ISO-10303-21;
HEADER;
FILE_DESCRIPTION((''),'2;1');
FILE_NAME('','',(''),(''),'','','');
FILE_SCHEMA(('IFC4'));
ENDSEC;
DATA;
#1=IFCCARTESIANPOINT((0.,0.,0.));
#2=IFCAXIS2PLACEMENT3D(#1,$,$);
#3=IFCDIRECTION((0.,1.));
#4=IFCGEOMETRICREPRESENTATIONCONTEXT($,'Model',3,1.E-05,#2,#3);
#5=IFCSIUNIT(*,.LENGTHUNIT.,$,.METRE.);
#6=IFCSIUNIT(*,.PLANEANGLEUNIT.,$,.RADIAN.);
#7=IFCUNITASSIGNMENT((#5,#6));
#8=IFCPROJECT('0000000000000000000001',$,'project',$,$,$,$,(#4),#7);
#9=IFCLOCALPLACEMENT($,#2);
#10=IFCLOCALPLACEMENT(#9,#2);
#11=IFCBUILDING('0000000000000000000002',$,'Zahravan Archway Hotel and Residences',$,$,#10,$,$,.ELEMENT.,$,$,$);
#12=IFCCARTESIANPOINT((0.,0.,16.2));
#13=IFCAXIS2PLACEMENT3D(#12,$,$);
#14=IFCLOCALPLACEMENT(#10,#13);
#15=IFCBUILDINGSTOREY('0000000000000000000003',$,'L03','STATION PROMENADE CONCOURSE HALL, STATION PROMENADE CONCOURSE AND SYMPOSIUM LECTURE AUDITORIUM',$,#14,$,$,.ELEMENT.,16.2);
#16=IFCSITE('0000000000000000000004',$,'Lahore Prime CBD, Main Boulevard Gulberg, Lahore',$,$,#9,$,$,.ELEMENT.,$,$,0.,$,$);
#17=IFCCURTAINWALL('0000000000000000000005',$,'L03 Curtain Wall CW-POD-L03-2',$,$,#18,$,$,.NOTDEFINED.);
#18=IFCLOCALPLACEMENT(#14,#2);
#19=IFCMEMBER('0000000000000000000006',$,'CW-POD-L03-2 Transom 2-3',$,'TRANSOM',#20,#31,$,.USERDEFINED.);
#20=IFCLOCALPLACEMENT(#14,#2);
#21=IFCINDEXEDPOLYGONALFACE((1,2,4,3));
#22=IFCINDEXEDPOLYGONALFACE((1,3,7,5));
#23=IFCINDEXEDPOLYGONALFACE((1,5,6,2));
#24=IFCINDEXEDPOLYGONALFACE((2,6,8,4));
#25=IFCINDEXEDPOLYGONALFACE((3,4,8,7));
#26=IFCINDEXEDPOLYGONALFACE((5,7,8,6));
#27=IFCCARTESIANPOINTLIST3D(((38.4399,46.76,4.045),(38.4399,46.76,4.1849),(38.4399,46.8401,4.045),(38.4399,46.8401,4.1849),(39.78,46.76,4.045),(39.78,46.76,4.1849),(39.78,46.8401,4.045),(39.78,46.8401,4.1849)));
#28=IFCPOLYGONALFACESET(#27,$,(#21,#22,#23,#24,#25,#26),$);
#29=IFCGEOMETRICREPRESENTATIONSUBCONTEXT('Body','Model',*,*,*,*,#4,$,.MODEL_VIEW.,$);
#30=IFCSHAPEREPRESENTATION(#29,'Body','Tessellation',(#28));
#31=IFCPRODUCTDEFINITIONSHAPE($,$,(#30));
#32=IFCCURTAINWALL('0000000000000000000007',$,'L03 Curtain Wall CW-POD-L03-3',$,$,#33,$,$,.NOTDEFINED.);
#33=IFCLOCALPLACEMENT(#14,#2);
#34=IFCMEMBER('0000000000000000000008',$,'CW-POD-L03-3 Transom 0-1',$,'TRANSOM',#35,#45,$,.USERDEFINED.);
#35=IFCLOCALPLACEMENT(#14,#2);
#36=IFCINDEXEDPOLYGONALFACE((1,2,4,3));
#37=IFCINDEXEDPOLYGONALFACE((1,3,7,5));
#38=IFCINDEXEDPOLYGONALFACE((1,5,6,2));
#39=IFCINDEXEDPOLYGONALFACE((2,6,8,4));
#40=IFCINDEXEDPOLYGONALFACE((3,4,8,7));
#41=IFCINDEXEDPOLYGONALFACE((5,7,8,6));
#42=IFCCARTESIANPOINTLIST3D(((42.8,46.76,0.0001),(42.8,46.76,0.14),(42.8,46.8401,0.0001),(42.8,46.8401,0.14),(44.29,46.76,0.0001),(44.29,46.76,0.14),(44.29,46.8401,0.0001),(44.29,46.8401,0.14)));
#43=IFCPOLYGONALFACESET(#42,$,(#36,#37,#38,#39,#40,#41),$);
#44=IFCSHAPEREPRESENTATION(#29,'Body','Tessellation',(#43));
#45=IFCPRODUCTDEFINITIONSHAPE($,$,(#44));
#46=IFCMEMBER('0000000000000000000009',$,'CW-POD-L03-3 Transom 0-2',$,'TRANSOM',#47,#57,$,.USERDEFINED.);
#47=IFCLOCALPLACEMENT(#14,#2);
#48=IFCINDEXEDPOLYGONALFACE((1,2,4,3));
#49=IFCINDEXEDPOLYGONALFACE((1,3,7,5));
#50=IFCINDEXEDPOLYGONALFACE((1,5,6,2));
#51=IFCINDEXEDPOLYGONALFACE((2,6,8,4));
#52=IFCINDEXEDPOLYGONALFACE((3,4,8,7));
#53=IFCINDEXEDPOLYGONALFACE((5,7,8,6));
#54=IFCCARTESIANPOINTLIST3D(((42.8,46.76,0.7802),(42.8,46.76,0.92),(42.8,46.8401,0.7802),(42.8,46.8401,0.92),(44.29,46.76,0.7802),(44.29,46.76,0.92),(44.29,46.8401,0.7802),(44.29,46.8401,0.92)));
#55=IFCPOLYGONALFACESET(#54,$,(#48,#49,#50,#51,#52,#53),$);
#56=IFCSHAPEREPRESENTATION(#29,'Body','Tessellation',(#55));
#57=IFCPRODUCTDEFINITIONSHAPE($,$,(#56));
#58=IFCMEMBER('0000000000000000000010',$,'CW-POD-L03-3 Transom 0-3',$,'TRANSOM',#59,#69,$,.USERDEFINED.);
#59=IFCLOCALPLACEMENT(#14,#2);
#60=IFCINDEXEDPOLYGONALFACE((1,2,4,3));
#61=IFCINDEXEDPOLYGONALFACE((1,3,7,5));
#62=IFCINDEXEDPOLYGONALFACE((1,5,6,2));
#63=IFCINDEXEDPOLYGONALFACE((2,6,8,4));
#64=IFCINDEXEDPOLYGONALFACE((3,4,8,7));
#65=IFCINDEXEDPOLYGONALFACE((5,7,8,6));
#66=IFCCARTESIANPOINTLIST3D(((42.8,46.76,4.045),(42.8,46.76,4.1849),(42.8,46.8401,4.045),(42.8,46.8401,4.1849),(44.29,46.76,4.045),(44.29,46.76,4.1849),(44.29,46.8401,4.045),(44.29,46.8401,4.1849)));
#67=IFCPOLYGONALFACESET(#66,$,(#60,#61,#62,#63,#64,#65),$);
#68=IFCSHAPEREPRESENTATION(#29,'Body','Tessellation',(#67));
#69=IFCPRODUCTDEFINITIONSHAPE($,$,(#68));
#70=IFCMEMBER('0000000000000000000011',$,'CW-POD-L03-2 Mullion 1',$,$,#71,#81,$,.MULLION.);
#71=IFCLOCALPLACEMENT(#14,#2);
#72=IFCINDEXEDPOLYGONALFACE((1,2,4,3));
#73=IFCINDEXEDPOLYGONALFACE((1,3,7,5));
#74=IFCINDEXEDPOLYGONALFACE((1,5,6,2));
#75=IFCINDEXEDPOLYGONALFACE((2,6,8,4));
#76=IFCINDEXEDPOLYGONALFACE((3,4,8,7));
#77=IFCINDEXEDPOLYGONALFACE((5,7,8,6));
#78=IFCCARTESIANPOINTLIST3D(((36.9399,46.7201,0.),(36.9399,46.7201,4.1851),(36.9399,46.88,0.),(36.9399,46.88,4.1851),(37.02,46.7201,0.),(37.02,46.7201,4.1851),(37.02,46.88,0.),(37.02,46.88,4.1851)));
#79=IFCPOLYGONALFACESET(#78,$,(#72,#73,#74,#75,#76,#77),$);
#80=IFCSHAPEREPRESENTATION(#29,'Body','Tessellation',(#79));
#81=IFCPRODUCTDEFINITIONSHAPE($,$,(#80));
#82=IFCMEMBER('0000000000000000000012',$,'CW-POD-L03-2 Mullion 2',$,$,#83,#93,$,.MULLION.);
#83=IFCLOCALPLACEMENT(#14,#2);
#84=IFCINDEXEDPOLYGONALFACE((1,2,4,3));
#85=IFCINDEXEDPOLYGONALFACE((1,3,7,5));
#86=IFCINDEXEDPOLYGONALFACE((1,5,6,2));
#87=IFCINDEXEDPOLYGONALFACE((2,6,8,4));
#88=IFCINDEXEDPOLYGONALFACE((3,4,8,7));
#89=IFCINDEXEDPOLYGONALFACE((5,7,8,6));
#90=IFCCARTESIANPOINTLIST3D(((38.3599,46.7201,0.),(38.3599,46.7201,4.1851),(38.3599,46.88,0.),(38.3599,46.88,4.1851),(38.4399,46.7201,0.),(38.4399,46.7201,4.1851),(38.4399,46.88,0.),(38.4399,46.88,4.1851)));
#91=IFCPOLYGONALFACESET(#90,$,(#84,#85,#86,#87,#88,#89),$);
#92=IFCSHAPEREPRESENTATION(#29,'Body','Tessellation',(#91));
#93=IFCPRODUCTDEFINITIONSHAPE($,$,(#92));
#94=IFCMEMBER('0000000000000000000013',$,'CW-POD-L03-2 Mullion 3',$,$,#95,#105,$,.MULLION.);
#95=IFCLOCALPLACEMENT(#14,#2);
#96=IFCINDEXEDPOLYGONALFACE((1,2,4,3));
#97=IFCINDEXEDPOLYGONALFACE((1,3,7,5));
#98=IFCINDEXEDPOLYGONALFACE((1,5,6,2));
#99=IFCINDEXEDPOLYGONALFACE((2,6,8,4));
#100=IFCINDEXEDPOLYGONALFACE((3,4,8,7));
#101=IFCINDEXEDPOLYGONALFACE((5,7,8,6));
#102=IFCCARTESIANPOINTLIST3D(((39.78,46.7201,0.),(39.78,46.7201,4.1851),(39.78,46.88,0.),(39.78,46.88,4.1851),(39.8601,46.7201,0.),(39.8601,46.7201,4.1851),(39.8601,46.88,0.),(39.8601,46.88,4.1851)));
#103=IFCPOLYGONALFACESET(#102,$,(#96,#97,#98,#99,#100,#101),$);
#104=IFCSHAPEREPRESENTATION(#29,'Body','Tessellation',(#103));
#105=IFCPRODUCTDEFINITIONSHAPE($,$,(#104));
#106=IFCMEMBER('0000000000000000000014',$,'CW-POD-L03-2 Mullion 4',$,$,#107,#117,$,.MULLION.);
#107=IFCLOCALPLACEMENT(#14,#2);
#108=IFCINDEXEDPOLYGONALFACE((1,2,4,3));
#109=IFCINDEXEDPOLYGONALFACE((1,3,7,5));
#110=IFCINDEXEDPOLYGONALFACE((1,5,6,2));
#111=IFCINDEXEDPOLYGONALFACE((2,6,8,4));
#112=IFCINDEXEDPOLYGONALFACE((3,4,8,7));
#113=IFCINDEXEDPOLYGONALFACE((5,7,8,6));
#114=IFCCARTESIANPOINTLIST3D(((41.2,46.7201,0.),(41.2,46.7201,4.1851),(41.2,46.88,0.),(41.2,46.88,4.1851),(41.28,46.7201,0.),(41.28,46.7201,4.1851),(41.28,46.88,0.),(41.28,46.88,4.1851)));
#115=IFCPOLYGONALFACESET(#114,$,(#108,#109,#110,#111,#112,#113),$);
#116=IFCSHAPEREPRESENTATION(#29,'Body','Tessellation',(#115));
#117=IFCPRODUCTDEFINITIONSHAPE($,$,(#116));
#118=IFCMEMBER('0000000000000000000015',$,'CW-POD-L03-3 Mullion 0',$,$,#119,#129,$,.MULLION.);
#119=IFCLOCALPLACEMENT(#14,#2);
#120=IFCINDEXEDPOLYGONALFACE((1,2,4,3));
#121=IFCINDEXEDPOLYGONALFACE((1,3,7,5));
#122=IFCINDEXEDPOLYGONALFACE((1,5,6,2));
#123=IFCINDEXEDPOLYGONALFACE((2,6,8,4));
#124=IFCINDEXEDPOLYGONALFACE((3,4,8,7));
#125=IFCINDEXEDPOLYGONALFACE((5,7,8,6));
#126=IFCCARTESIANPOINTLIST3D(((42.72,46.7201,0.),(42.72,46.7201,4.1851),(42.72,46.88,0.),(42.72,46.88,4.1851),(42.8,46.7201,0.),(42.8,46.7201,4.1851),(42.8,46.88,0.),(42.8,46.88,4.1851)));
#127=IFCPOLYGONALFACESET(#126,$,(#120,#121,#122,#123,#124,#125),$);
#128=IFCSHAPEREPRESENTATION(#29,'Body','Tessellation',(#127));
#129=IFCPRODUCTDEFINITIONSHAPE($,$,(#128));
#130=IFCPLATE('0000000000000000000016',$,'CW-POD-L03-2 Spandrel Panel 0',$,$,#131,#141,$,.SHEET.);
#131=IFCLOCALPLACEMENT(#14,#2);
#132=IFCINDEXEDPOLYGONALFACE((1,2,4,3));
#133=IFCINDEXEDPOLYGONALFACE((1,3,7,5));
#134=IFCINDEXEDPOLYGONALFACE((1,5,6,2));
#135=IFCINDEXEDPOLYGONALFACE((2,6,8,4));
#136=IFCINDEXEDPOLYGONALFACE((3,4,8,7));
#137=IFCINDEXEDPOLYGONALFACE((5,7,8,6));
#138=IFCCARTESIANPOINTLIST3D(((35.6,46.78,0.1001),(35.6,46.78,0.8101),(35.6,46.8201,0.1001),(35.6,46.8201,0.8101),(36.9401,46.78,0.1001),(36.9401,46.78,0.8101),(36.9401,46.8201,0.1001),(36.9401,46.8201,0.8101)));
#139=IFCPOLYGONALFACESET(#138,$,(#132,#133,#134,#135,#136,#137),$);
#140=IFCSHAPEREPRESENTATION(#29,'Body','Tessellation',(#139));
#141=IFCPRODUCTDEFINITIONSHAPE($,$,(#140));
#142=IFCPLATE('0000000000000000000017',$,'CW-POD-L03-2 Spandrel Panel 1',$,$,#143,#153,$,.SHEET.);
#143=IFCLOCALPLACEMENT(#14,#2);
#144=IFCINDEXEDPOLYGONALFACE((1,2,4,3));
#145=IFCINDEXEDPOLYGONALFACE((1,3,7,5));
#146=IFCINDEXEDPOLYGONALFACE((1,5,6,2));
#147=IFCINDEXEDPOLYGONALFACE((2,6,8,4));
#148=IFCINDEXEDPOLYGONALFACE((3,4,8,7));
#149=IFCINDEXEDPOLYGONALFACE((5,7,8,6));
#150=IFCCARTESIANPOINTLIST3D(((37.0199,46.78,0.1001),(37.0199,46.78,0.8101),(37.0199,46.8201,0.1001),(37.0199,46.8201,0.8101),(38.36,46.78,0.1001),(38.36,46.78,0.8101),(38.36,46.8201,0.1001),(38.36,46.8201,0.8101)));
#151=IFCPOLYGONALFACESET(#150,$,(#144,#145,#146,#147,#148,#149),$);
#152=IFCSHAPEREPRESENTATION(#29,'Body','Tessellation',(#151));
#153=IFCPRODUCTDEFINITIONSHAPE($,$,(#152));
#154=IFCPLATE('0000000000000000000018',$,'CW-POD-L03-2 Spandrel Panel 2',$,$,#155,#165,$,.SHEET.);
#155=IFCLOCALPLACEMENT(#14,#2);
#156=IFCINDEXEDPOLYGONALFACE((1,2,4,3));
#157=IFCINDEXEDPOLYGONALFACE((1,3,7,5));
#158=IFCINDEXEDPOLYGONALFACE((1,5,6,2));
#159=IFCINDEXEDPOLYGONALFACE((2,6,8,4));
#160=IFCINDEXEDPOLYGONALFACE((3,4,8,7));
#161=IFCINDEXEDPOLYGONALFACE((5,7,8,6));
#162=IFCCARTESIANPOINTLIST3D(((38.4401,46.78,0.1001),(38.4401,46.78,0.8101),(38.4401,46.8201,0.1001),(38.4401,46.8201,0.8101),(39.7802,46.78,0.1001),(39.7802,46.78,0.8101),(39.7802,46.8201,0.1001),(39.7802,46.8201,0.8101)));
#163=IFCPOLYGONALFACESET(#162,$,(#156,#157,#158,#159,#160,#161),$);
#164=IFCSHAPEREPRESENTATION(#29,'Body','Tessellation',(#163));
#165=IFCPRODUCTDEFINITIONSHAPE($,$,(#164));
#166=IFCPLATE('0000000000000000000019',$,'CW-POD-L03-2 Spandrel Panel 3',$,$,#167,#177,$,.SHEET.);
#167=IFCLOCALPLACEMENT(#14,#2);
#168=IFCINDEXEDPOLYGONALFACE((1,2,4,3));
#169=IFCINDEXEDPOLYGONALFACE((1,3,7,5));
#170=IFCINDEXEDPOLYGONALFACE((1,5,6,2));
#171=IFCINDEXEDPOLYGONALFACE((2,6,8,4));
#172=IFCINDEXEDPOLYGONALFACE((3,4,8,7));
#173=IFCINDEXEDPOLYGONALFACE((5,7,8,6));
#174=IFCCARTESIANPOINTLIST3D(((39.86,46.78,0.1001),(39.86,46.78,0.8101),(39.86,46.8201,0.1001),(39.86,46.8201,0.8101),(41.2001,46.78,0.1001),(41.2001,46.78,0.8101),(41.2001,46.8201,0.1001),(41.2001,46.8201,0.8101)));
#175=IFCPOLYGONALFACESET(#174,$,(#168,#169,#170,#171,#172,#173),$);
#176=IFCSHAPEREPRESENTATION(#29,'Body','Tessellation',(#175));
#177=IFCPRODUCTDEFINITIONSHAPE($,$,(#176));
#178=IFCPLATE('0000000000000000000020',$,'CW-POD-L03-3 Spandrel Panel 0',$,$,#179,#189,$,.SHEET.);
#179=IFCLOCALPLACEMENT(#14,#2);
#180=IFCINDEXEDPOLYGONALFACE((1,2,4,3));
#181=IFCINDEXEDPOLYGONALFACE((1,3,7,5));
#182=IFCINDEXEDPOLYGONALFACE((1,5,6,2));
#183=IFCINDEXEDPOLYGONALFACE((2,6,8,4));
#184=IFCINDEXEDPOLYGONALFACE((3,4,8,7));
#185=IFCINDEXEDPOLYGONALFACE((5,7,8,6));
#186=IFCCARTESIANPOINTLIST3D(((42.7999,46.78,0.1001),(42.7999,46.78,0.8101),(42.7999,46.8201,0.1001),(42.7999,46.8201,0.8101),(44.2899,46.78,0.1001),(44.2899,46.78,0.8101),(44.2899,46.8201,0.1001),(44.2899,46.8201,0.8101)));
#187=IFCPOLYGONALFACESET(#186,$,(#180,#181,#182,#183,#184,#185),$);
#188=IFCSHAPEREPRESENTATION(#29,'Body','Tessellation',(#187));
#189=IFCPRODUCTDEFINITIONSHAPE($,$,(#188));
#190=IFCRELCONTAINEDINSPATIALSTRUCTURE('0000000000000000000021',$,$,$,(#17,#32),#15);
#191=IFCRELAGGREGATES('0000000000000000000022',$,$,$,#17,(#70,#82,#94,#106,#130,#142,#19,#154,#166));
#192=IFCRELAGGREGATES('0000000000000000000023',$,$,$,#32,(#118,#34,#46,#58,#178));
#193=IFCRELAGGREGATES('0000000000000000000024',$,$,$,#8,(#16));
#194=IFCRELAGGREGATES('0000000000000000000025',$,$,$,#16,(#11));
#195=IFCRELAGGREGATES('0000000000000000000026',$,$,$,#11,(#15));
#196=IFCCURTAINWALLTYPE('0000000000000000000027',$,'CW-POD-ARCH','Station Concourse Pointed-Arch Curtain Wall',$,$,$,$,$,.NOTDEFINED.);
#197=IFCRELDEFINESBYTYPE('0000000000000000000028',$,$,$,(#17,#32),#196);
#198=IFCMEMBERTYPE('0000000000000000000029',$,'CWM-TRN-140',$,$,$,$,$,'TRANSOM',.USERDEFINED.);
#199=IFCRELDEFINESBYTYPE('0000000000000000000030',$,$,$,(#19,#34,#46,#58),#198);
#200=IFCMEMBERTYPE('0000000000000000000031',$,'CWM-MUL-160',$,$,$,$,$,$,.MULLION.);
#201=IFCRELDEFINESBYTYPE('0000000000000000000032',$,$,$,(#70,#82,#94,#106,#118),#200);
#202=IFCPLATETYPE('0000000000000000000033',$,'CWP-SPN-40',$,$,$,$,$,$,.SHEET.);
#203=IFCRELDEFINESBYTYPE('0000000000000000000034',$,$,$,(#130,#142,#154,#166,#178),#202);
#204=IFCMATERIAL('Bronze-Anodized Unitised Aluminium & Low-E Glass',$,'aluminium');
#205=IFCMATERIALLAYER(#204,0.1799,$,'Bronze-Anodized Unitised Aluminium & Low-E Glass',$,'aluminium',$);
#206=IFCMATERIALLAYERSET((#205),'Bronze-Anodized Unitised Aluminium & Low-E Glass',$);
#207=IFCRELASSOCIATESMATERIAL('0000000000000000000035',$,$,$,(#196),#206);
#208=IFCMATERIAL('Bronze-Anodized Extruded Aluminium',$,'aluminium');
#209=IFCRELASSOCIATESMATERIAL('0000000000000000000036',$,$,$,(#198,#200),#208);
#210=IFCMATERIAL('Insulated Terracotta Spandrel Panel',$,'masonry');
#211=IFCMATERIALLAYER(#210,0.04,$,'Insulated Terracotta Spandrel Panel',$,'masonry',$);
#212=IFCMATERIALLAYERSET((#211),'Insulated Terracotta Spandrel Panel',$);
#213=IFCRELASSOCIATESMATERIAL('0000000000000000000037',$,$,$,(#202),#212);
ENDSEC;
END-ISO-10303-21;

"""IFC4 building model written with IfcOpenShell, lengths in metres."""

from ifc_helpers import new_model, si_unit, direction, frame, origin, origin_2d, place, context, subcontext, project, spatial, rectangle, extrude, source, transform, mapped, material, layer, layer_set, material_profile, profile_set, type_object, element, aggregate, save


model = new_model("IFC4")

# Units and contexts
model_context = context("Model", 3, precision=1e-05, world=origin(), true_north=direction((0.0, 1.0)))
body_context = subcontext(model_context, "Body", "Model", "MODEL_VIEW")
ifc_project = project(units=[si_unit("LENGTHUNIT", "METRE"), si_unit("PLANEANGLEUNIT", "RADIAN")], contexts=[model_context])

# Site, building, storey
site_placement = place(None, origin())
site = spatial("IfcSite", under=ifc_project, at=site_placement, Name="Lahore Prime CBD, Main Boulevard Gulberg, Lahore", CompositionType="ELEMENT", RefElevation=0.0)
building_placement = place(site_placement, origin())
building = spatial("IfcBuilding", under=site, at=building_placement, Name="Zahravan Archway Hotel and Residences", CompositionType="ELEMENT")
storey_placement = place(building_placement, frame((0.0, 0.0, 16.2)))
storey = spatial("IfcBuildingStorey", under=building, at=storey_placement, Name="L03", Description="STATION PROMENADE CONCOURSE HALL, STATION PROMENADE CONCOURSE AND SYMPOSIUM LECTURE AUDITORIUM", CompositionType="ELEMENT", Elevation=16.2)

# Curtain walls, members
ifc_material_1 = material(Name="Bronze-Anodized Unitised Aluminium & Low-E Glass", Category="aluminium")
ifc_layer_1 = layer(ifc_material_1, 0.1799, Name="Bronze-Anodized Unitised Aluminium & Low-E Glass", Category="aluminium")
ifc_layer_set_1 = layer_set([ifc_layer_1], Name="Bronze-Anodized Unitised Aluminium & Low-E Glass")
curtain_wall_type = type_object("IfcCurtainWallType", Name="CW-POD-ARCH", Description="Station Concourse Pointed-Arch Curtain Wall", PredefinedType="NOTDEFINED", material=ifc_layer_set_1)
curtain_wall_1_placement = place(storey_placement, origin())
curtain_wall_1 = element("IfcCurtainWall", 1, at=curtain_wall_1_placement, inside=storey, type_object=curtain_wall_type, Name="L03 Curtain Wall CW-POD-L03-2", PredefinedType="NOTDEFINED")
ifc_material_2 = material(Name="Bronze-Anodized Extruded Aluminium", Category="aluminium")
ifc_material_profile_1 = material_profile(ifc_material_2, rectangle(XDim=0.0801, YDim=0.1399, at=origin_2d()), Name="TRN 80x140", Category="aluminium")
ifc_profile_set_1 = profile_set([ifc_material_profile_1], Name="Bronze-Anodized Extruded Aluminium")
member_type_1 = type_object("IfcMemberType", Name="CWM-TRN-140", ElementType="TRANSOM", PredefinedType="USERDEFINED", material=ifc_profile_set_1)
shared_shape_1 = source(origin(), body_context, "Body", "SweptSolid", [
    extrude(rectangle(XDim=0.0801, YDim=0.1399, at=origin_2d()), origin(), (0.0, 0.0, 1.0), 1.3401),
])
member_1_placement = place(storey_placement, frame((38.4399, 46.8, 4.115), z_axis=(1.0, 0.0, 0.0), x_axis=(0.0, 1.0, 0.0)))
member_1 = element("IfcMember", 2, at=member_1_placement, type_object=member_type_1, Name="CW-POD-L03-2 Transom 2-3", ObjectType="TRANSOM", PredefinedType="USERDEFINED", context=body_context, shape_type="MappedRepresentation", body=[
    mapped(shared_shape_1, transform((0.0, 0.0, 0.0), scale=1.0)),
])
curtain_wall_2_placement = place(storey_placement, origin())
curtain_wall_2 = element("IfcCurtainWall", 3, at=curtain_wall_2_placement, inside=storey, type_object=curtain_wall_type, Name="L03 Curtain Wall CW-POD-L03-3", PredefinedType="NOTDEFINED")
shared_shape_2 = source(origin(), body_context, "Body", "SweptSolid", [
    extrude(rectangle(XDim=0.0801, YDim=0.1399, at=origin_2d()), origin(), (0.0, 0.0, 1.0), 1.49),
])
member_2_placement = place(storey_placement, frame((42.8, 46.8, 0.0701), z_axis=(1.0, 0.0, 0.0), x_axis=(0.0, 1.0, 0.0)))
member_2 = element("IfcMember", 4, at=member_2_placement, type_object=member_type_1, Name="CW-POD-L03-3 Transom 0-1", ObjectType="TRANSOM", PredefinedType="USERDEFINED", context=body_context, shape_type="MappedRepresentation", body=[
    mapped(shared_shape_2, transform((0.0, 0.0, 0.0), scale=1.0)),
])
member_3_placement = place(storey_placement, frame((42.8, 46.8, 0.8501), z_axis=(1.0, 0.0, 0.0), x_axis=(0.0, 1.0, 0.0)))
member_3 = element("IfcMember", 5, at=member_3_placement, type_object=member_type_1, Name="CW-POD-L03-3 Transom 0-2", ObjectType="TRANSOM", PredefinedType="USERDEFINED", context=body_context, shape_type="MappedRepresentation", body=[
    mapped(shared_shape_2, transform((0.0, 0.0, 0.0), scale=1.0)),
])
member_4_placement = place(storey_placement, frame((42.8, 46.8, 4.115), z_axis=(1.0, 0.0, 0.0), x_axis=(0.0, 1.0, 0.0)))
member_4 = element("IfcMember", 6, at=member_4_placement, type_object=member_type_1, Name="CW-POD-L03-3 Transom 0-3", ObjectType="TRANSOM", PredefinedType="USERDEFINED", context=body_context, shape_type="MappedRepresentation", body=[
    mapped(shared_shape_2, transform((0.0, 0.0, 0.0), scale=1.0)),
])

# Members
ifc_material_profile_2 = material_profile(ifc_material_2, rectangle(XDim=0.0801, YDim=0.1599, at=origin_2d()), Name="MUL 80x160", Category="aluminium")
ifc_profile_set_2 = profile_set([ifc_material_profile_2], Name="Bronze-Anodized Extruded Aluminium")
member_type_2 = type_object("IfcMemberType", Name="CWM-MUL-160", PredefinedType="MULLION", material=ifc_profile_set_2)
shared_shape_3 = source(origin(), body_context, "Body", "SweptSolid", [
    extrude(rectangle(XDim=0.0801, YDim=0.1599, at=origin_2d()), origin(), (0.0, 0.0, 1.0), 4.1851),
])
member_5_placement = place(storey_placement, frame((36.98, 46.8, 0.0), z_axis=(0.0, 0.0, 1.0), x_axis=(1.0, 0.0, 0.0)))
member_5 = element("IfcMember", 7, at=member_5_placement, type_object=member_type_2, Name="CW-POD-L03-2 Mullion 1", PredefinedType="MULLION", context=body_context, shape_type="MappedRepresentation", body=[
    mapped(shared_shape_3, transform((0.0, 0.0, 0.0), scale=1.0)),
])
member_6_placement = place(storey_placement, frame((38.3999, 46.8, 0.0), z_axis=(0.0, 0.0, 1.0), x_axis=(1.0, 0.0, 0.0)))
member_6 = element("IfcMember", 8, at=member_6_placement, type_object=member_type_2, Name="CW-POD-L03-2 Mullion 2", PredefinedType="MULLION", context=body_context, shape_type="MappedRepresentation", body=[
    mapped(shared_shape_3, transform((0.0, 0.0, 0.0), scale=1.0)),
])
member_7_placement = place(storey_placement, frame((39.8201, 46.8, 0.0), z_axis=(0.0, 0.0, 1.0), x_axis=(1.0, 0.0, 0.0)))
member_7 = element("IfcMember", 9, at=member_7_placement, type_object=member_type_2, Name="CW-POD-L03-2 Mullion 3", PredefinedType="MULLION", context=body_context, shape_type="MappedRepresentation", body=[
    mapped(shared_shape_3, transform((0.0, 0.0, 0.0), scale=1.0)),
])
member_8_placement = place(storey_placement, frame((41.24, 46.8, 0.0), z_axis=(0.0, 0.0, 1.0), x_axis=(1.0, 0.0, 0.0)))
member_8 = element("IfcMember", 10, at=member_8_placement, type_object=member_type_2, Name="CW-POD-L03-2 Mullion 4", PredefinedType="MULLION", context=body_context, shape_type="MappedRepresentation", body=[
    mapped(shared_shape_3, transform((0.0, 0.0, 0.0), scale=1.0)),
])
member_9_placement = place(storey_placement, frame((42.76, 46.8, 0.0), z_axis=(0.0, 0.0, 1.0), x_axis=(1.0, 0.0, 0.0)))
member_9 = element("IfcMember", 11, at=member_9_placement, type_object=member_type_2, Name="CW-POD-L03-3 Mullion 0", PredefinedType="MULLION", context=body_context, shape_type="MappedRepresentation", body=[
    mapped(shared_shape_3, transform((0.0, 0.0, 0.0), scale=1.0)),
])

# Plates
ifc_material_3 = material(Name="Insulated Terracotta Spandrel Panel", Category="masonry")
ifc_layer_2 = layer(ifc_material_3, 0.04, Name="Insulated Terracotta Spandrel Panel", Category="masonry")
ifc_layer_set_2 = layer_set([ifc_layer_2], Name="Insulated Terracotta Spandrel Panel")
plate_type_1 = type_object("IfcPlateType", Name="CWP-SPN-40", PredefinedType="SHEET", material=ifc_layer_set_2)
shared_shape_4 = source(origin(), body_context, "Body", "SweptSolid", [
    extrude(rectangle(XDim=1.3401, YDim=0.04, at=origin_2d()), origin(), (0.0, 0.0, 1.0), 0.71),
])
plate_1_placement = place(storey_placement, frame((36.27, 46.8, 0.1001), z_axis=(0.0, 0.0, 1.0), x_axis=(1.0, 0.0, 0.0)))
plate_1 = element("IfcPlate", 12, at=plate_1_placement, type_object=plate_type_1, Name="CW-POD-L03-2 Spandrel Panel 0", PredefinedType="SHEET", context=body_context, shape_type="MappedRepresentation", body=[
    mapped(shared_shape_4, transform((0.0, 0.0, 0.0), scale=1.0)),
])
plate_2_placement = place(storey_placement, frame((37.6899, 46.8, 0.1001), z_axis=(0.0, 0.0, 1.0), x_axis=(1.0, 0.0, 0.0)))
plate_2 = element("IfcPlate", 13, at=plate_2_placement, type_object=plate_type_1, Name="CW-POD-L03-2 Spandrel Panel 1", PredefinedType="SHEET", context=body_context, shape_type="MappedRepresentation", body=[
    mapped(shared_shape_4, transform((0.0, 0.0, 0.0), scale=1.0)),
])
plate_3_placement = place(storey_placement, frame((39.1101, 46.8, 0.1001), z_axis=(0.0, 0.0, 1.0), x_axis=(1.0, 0.0, 0.0)))
plate_3 = element("IfcPlate", 14, at=plate_3_placement, type_object=plate_type_1, Name="CW-POD-L03-2 Spandrel Panel 2", PredefinedType="SHEET", context=body_context, shape_type="MappedRepresentation", body=[
    mapped(shared_shape_4, transform((0.0, 0.0, 0.0), scale=1.0)),
])
plate_4_placement = place(storey_placement, frame((40.53, 46.8, 0.1001), z_axis=(0.0, 0.0, 1.0), x_axis=(1.0, 0.0, 0.0)))
plate_4 = element("IfcPlate", 15, at=plate_4_placement, type_object=plate_type_1, Name="CW-POD-L03-2 Spandrel Panel 3", PredefinedType="SHEET", context=body_context, shape_type="MappedRepresentation", body=[
    mapped(shared_shape_4, transform((0.0, 0.0, 0.0), scale=1.0)),
])
shared_shape_5 = source(origin(), body_context, "Body", "SweptSolid", [
    extrude(rectangle(XDim=1.49, YDim=0.04, at=origin_2d()), origin(), (0.0, 0.0, 1.0), 0.71),
])
plate_5_placement = place(storey_placement, frame((43.5449, 46.8, 0.1001), z_axis=(0.0, 0.0, 1.0), x_axis=(1.0, 0.0, 0.0)))
plate_5 = element("IfcPlate", 16, at=plate_5_placement, type_object=plate_type_1, Name="CW-POD-L03-3 Spandrel Panel 0", PredefinedType="SHEET", context=body_context, shape_type="MappedRepresentation", body=[
    mapped(shared_shape_5, transform((0.0, 0.0, 0.0), scale=1.0)),
])
aggregate(curtain_wall_1, [member_5, member_6, member_7, member_8, plate_1, plate_2, member_1, plate_3, plate_4])
aggregate(curtain_wall_2, [member_9, member_2, member_3, member_4, plate_5])

save(model, "model.ifc")
